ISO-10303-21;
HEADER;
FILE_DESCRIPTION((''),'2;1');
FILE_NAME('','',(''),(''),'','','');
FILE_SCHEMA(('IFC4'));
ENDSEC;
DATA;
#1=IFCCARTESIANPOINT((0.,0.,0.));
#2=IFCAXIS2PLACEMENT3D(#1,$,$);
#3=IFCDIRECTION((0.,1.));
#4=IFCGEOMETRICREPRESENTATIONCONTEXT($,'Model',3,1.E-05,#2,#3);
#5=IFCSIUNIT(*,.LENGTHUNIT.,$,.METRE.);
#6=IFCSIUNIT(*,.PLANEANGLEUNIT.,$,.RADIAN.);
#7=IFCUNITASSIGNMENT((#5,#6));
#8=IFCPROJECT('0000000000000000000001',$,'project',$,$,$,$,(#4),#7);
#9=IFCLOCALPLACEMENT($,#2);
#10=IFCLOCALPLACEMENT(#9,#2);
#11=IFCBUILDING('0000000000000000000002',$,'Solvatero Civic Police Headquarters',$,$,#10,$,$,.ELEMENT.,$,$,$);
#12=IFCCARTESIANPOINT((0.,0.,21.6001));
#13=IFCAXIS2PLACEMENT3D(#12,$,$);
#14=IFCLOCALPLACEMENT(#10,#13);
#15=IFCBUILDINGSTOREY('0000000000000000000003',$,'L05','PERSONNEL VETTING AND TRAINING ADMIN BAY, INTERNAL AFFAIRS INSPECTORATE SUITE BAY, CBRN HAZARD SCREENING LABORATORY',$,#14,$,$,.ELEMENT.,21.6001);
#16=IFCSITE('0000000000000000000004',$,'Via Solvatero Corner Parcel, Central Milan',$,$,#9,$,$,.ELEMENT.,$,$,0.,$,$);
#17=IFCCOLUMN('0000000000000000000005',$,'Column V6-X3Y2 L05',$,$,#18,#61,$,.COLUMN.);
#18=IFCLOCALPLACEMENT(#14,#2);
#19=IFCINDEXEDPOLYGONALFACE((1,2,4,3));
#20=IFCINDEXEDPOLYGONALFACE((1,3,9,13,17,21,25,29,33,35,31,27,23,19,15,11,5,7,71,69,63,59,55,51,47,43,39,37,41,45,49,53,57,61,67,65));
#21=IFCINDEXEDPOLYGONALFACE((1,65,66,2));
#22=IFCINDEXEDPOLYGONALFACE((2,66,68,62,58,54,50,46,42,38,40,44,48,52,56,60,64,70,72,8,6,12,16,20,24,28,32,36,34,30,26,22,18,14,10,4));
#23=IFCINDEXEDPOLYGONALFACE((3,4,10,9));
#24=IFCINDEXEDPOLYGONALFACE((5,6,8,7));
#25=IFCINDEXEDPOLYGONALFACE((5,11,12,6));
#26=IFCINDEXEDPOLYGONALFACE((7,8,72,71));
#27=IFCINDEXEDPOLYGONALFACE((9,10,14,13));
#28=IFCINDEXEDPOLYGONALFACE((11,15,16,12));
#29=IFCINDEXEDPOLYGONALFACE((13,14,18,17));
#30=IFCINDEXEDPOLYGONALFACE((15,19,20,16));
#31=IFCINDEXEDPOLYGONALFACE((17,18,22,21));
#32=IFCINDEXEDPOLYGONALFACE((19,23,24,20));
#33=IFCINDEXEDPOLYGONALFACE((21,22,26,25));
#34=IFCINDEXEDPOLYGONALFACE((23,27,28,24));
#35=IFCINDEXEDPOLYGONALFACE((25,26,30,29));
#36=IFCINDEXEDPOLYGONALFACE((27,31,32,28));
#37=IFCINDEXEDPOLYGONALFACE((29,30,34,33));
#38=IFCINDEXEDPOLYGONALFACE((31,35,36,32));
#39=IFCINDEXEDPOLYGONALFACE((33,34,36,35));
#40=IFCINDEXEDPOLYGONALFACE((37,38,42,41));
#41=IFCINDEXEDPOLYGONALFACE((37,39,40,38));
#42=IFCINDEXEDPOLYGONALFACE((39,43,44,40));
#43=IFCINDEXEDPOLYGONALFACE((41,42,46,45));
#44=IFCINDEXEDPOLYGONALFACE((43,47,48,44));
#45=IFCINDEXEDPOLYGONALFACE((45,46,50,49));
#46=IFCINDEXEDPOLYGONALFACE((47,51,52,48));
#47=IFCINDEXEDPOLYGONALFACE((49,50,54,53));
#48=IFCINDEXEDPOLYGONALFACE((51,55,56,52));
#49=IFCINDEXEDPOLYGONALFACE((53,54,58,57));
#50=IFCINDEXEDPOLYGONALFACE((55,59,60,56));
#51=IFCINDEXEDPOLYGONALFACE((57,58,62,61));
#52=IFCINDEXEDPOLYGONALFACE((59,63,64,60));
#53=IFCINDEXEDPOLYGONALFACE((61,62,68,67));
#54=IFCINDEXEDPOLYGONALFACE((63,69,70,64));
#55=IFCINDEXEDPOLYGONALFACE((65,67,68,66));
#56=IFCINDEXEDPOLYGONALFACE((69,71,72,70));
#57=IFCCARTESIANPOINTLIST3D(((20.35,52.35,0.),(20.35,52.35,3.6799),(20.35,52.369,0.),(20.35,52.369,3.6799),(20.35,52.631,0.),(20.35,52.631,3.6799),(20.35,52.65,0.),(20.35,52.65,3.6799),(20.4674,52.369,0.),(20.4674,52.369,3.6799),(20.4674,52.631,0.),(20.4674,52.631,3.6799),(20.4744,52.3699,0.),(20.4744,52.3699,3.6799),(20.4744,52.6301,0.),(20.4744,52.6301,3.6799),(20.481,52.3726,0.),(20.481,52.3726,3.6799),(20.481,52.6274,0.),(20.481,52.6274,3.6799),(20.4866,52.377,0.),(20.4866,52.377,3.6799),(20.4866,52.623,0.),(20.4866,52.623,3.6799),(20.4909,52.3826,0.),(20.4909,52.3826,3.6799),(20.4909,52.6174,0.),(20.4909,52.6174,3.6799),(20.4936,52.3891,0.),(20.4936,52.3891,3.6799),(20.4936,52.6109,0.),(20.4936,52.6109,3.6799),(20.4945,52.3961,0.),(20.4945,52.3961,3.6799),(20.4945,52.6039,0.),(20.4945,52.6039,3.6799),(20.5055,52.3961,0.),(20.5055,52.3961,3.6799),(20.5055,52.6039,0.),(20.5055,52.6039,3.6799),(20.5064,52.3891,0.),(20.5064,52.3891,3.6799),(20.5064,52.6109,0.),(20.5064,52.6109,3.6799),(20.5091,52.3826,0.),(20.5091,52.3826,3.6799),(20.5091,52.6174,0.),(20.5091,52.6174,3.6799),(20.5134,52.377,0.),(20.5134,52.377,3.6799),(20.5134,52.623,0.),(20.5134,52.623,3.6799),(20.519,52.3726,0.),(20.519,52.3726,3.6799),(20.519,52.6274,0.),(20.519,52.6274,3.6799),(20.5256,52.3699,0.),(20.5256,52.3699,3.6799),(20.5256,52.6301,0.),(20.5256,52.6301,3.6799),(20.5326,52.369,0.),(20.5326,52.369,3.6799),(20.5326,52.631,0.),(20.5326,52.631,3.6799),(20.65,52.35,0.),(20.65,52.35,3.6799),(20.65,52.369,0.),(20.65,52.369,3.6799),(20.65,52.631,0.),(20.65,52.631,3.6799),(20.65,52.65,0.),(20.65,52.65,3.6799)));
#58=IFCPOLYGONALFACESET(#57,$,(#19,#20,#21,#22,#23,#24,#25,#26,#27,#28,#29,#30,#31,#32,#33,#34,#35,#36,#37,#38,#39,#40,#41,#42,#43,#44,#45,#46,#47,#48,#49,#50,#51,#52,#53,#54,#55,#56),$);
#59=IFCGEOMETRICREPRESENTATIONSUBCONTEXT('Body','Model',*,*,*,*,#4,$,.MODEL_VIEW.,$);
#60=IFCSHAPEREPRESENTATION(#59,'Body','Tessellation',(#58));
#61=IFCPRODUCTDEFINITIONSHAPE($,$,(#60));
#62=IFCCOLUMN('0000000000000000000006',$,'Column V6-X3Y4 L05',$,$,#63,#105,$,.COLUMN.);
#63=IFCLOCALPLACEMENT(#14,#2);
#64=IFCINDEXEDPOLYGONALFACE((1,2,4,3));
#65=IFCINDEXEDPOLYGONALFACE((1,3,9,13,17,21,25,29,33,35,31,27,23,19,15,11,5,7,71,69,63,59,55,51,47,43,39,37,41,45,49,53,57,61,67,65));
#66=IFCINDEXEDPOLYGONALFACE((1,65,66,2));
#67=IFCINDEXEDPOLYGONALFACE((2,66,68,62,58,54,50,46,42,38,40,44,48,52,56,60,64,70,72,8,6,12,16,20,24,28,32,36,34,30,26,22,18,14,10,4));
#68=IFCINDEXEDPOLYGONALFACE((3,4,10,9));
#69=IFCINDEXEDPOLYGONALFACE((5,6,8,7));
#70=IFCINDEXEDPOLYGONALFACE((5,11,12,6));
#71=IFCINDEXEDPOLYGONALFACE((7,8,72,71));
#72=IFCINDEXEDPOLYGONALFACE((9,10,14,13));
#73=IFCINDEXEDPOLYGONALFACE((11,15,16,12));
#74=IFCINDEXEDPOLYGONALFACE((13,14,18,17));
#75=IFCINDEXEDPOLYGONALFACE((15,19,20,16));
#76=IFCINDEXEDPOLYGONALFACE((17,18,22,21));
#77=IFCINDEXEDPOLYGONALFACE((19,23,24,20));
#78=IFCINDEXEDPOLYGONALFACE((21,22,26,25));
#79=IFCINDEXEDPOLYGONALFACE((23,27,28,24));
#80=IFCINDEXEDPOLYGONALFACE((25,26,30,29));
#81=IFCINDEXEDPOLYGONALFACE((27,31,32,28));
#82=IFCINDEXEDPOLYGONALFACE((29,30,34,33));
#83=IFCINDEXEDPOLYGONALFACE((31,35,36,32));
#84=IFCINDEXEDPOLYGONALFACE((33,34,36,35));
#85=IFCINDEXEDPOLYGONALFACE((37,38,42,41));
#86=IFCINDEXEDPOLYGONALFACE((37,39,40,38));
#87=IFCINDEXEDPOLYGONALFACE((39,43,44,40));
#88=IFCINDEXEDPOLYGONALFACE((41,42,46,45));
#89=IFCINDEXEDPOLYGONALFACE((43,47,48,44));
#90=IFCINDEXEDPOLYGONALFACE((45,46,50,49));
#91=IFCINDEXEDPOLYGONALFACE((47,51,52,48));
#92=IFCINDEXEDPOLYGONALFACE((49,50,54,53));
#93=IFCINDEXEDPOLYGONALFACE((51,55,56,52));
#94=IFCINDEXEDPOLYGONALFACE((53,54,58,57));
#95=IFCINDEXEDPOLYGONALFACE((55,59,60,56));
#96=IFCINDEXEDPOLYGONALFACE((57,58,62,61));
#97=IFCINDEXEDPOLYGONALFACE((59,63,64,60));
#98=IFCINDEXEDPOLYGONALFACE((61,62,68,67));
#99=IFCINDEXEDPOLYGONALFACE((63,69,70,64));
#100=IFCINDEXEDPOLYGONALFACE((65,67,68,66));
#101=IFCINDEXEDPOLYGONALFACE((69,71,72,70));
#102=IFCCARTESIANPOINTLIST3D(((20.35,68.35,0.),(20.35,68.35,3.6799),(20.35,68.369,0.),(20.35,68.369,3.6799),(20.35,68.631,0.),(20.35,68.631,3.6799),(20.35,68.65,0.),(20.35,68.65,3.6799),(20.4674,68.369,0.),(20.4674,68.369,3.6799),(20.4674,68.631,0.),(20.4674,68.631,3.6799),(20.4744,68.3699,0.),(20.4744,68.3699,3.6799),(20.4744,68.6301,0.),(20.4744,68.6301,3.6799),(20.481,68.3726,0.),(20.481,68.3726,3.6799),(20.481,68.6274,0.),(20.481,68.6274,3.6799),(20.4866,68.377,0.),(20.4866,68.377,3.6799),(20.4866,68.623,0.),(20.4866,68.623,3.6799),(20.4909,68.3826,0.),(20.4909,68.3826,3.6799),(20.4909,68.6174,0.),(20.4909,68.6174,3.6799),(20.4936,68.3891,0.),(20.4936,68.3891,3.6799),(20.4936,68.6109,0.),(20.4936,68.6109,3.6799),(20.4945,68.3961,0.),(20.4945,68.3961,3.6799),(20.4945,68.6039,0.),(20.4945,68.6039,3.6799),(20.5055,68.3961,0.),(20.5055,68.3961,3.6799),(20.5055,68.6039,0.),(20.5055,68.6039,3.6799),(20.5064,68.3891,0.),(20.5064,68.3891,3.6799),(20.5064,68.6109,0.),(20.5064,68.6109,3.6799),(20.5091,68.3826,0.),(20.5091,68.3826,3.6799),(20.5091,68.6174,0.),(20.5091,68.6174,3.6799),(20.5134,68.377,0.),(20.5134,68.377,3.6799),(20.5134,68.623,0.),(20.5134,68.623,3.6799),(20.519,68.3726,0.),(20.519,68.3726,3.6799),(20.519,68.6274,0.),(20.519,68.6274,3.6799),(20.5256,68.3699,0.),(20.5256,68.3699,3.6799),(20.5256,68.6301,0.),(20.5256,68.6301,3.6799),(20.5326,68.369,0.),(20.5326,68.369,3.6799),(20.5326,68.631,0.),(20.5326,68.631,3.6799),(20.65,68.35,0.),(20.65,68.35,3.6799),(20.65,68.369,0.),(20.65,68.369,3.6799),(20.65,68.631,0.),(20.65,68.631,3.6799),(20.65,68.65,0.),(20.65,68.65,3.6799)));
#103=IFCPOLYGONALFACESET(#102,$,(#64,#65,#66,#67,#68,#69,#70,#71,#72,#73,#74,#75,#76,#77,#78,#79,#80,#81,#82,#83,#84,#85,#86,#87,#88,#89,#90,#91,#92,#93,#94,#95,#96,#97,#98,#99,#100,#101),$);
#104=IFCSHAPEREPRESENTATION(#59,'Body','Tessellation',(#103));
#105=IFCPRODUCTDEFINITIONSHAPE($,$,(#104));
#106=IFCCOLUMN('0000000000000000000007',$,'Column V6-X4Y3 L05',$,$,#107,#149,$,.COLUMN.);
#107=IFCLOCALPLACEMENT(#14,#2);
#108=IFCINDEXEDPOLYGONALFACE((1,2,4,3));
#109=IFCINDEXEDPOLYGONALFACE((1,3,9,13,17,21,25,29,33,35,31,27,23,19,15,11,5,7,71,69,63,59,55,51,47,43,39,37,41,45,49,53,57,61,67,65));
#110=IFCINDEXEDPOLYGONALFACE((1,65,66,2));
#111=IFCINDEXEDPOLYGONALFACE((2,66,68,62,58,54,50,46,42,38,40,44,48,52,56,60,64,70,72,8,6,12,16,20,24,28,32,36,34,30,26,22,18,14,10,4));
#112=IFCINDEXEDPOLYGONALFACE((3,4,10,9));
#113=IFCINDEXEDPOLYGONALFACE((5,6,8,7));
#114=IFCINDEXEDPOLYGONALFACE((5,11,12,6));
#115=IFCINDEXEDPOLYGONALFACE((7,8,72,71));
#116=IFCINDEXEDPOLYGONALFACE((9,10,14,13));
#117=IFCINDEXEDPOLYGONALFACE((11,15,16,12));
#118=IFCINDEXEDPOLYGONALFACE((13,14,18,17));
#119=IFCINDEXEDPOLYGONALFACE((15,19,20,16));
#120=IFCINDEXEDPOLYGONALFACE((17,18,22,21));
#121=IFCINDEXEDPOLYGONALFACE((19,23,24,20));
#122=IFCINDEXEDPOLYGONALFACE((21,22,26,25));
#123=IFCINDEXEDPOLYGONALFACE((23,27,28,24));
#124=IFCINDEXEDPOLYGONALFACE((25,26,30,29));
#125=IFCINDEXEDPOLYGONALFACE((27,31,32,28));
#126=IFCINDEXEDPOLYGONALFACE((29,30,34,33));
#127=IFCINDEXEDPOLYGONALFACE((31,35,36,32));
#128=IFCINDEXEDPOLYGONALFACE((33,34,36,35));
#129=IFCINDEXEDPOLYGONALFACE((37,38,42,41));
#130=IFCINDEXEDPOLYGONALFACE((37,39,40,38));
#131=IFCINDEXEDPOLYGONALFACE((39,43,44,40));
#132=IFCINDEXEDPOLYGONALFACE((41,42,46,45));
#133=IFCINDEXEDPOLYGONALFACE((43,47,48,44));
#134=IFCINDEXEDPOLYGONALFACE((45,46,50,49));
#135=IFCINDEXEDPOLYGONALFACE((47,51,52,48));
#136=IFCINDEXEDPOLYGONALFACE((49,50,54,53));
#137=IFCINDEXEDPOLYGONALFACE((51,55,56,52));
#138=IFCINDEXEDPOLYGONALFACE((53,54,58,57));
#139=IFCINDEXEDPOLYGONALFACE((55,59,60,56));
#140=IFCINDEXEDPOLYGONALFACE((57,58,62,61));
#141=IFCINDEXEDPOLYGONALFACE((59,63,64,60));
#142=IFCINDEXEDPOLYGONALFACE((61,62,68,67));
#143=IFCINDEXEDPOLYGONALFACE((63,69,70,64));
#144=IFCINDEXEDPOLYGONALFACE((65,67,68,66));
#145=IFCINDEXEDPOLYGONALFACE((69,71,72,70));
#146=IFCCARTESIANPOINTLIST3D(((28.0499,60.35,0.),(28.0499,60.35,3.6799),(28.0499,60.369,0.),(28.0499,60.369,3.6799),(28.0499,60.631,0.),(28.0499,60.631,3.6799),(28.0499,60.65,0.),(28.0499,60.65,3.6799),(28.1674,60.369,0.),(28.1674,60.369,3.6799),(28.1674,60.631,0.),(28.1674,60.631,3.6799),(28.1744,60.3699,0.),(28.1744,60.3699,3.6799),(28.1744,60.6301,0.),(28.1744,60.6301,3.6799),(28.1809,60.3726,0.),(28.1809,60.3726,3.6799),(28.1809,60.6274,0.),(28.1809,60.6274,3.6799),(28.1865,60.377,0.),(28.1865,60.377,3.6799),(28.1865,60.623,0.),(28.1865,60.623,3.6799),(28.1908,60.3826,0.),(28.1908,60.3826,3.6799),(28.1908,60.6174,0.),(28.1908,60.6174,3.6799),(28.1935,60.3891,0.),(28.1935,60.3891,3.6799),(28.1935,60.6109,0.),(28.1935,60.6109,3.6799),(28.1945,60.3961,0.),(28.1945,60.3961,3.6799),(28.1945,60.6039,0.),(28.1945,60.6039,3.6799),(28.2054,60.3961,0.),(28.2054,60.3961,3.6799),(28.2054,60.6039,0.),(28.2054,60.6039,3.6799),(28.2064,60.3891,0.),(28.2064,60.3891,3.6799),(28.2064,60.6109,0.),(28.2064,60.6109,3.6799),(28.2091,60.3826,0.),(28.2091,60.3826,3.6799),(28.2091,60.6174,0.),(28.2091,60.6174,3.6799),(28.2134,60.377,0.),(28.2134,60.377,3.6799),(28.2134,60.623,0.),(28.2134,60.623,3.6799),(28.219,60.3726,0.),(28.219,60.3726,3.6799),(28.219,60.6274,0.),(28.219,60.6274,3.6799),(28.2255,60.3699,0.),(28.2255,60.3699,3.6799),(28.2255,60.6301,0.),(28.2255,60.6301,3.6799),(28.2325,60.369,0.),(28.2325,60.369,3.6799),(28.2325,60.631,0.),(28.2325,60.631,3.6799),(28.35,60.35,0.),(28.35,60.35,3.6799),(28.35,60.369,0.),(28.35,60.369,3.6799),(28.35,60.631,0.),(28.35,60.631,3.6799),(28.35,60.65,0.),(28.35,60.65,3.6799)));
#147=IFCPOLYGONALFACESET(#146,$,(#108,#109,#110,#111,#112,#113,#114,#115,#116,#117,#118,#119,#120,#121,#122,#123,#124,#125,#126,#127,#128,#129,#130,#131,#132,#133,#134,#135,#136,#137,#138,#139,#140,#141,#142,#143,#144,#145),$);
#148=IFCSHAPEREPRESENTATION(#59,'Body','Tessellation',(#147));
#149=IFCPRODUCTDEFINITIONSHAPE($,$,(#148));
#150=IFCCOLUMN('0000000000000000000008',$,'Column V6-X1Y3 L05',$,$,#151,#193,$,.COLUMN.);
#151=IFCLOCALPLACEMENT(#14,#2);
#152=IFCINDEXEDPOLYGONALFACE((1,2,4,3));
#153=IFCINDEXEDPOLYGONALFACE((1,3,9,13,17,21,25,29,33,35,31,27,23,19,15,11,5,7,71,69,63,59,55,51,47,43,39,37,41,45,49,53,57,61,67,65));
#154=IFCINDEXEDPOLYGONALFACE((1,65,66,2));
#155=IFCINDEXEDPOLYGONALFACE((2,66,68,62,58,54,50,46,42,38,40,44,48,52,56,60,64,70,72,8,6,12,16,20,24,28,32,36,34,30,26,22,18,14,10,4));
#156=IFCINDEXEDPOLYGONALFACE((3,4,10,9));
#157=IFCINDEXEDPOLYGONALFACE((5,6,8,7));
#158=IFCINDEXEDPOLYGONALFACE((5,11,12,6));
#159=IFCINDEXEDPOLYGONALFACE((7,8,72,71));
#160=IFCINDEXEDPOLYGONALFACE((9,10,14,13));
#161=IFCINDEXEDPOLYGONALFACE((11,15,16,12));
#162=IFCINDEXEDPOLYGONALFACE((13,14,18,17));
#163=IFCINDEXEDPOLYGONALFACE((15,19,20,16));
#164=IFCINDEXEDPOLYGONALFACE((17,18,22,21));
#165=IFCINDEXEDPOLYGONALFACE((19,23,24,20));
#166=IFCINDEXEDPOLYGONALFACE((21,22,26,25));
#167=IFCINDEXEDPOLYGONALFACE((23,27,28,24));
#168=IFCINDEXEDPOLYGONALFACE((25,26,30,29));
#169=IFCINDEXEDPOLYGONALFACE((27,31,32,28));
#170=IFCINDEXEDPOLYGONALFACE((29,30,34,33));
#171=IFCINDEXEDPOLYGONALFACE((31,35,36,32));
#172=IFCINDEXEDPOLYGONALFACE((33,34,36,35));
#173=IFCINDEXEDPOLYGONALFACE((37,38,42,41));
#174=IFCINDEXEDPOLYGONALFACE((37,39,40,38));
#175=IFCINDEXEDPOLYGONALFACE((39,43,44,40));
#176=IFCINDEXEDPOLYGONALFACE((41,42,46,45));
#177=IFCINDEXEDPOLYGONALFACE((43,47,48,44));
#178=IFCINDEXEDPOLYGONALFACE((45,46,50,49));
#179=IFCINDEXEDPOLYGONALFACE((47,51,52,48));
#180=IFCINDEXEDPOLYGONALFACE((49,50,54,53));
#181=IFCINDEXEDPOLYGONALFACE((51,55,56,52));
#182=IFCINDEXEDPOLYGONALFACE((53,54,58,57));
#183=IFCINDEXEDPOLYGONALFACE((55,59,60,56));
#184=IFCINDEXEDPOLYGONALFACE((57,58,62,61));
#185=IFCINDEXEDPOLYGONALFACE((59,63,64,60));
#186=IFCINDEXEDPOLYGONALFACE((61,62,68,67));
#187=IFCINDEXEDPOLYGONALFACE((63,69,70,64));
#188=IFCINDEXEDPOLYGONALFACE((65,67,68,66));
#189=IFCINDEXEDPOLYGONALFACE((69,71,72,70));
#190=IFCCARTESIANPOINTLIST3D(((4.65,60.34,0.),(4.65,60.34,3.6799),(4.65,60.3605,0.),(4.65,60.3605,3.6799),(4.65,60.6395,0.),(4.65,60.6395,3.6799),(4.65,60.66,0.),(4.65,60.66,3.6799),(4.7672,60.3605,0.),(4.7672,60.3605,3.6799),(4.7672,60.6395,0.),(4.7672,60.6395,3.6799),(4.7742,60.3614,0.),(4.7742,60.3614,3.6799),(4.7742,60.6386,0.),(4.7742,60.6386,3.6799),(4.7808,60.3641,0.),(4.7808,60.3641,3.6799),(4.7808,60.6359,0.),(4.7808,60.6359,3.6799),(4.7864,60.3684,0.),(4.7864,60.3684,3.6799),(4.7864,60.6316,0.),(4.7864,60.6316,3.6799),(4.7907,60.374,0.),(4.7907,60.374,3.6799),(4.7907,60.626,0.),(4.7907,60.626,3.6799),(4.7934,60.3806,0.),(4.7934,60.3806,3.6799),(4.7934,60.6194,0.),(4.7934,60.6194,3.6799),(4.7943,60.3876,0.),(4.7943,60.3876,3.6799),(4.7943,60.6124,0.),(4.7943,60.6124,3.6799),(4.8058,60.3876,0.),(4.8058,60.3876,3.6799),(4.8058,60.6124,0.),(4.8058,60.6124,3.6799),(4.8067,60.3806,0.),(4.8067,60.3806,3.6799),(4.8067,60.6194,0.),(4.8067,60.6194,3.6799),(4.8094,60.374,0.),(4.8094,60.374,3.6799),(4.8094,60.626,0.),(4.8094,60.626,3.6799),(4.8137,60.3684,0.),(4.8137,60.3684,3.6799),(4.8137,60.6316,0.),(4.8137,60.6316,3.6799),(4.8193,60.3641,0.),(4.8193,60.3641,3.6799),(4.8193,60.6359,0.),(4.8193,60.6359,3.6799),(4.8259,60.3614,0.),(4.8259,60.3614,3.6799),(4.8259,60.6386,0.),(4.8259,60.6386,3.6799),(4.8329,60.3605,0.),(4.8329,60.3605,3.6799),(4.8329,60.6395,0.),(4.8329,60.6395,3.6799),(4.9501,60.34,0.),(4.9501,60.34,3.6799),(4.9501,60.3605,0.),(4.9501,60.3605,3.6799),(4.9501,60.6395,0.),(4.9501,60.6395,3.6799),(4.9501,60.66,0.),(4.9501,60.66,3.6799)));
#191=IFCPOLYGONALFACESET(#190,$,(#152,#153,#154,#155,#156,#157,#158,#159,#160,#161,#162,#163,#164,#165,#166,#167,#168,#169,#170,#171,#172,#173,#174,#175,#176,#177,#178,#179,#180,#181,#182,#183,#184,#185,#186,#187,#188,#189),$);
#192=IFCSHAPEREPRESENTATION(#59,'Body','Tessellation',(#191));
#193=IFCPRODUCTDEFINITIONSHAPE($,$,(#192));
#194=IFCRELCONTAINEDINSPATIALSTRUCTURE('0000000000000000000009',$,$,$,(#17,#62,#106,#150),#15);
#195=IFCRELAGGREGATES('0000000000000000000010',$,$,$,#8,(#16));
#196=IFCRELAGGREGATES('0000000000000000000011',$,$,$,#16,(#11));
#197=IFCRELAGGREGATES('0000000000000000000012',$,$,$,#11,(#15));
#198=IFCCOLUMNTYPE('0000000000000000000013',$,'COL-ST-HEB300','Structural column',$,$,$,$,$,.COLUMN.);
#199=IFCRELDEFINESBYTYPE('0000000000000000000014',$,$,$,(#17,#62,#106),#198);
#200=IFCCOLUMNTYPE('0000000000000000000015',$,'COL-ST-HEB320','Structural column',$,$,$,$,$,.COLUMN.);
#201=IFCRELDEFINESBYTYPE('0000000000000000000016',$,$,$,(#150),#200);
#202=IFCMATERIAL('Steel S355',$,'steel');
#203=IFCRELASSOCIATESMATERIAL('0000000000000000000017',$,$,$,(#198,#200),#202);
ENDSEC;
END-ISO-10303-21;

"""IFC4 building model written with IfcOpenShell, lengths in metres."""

from ifc_helpers import new_model, si_unit, direction, frame, origin, origin_2d, place, context, subcontext, project, spatial, i_section, extrude, material, material_profile, profile_set, type_object, element, save


model = new_model("IFC4")

# Units and contexts
model_context = context("Model", 3, precision=1e-05, world=origin(), true_north=direction((0.0, 1.0)))
body_context = subcontext(model_context, "Body", "Model", "MODEL_VIEW")
ifc_project = project(units=[si_unit("LENGTHUNIT", "METRE"), si_unit("PLANEANGLEUNIT", "RADIAN")], contexts=[model_context])

# Site, building, storey
site_placement = place(None, origin())
site = spatial("IfcSite", under=ifc_project, at=site_placement, Name="Via Solvatero Corner Parcel, Central Milan", CompositionType="ELEMENT", RefElevation=0.0)
building_placement = place(site_placement, origin())
building = spatial("IfcBuilding", under=site, at=building_placement, Name="Solvatero Civic Police Headquarters", CompositionType="ELEMENT")
storey_placement = place(building_placement, frame((0.0, 0.0, 21.6001)))
storey = spatial("IfcBuildingStorey", under=building, at=storey_placement, Name="L05", Description="PERSONNEL VETTING AND TRAINING ADMIN BAY, INTERNAL AFFAIRS INSPECTORATE SUITE BAY, CBRN HAZARD SCREENING LABORATORY", CompositionType="ELEMENT", Elevation=21.6001)

# Columns
ifc_material_1 = material(Name="Steel S355", Category="steel")
ifc_material_profile_1 = material_profile(ifc_material_1, i_section(OverallWidth=0.3, OverallDepth=0.3, WebThickness=0.011, FlangeThickness=0.019, FilletRadius=0.0271, at=origin_2d()), Name="HEB 300")
ifc_profile_set_1 = profile_set([ifc_material_profile_1], Name="Steel S355")
column_type_1 = type_object("IfcColumnType", Name="COL-ST-HEB300", Description="Structural column", PredefinedType="COLUMN", material=ifc_profile_set_1)
for number, where, z_axis, x_axis, name in (
    (1, (20.5, 52.5, 0.0), (0.0, 0.0, 1.0), (1.0, 0.0, 0.0), "Column V6-X3Y2 L05"),
    (2, (20.5, 68.5, 0.0), (0.0, 0.0, 1.0), (1.0, 0.0, 0.0), "Column V6-X3Y4 L05"),
    (3, (28.2, 60.5, 0.0), (0.0, 0.0, 1.0), (1.0, 0.0, 0.0), "Column V6-X4Y3 L05"),
):
    element("IfcColumn", number, at=place(storey_placement, frame(where, z_axis=z_axis, x_axis=x_axis)), inside=storey, type_object=column_type_1, Name=name, PredefinedType="COLUMN", context=body_context, shape_type="SweptSolid", body=[
        extrude(i_section(OverallWidth=0.3, OverallDepth=0.3, WebThickness=0.011, FlangeThickness=0.019, FilletRadius=0.0271, at=origin_2d()), origin(), (0.0, 0.0, 1.0), 3.6799),
    ])
ifc_material_profile_2 = material_profile(ifc_material_1, i_section(OverallWidth=0.3, OverallDepth=0.3201, WebThickness=0.0115, FlangeThickness=0.0205, FilletRadius=0.0271, at=origin_2d()), Name="HEB 320")
ifc_profile_set_2 = profile_set([ifc_material_profile_2], Name="Steel S355")
column_type_2 = type_object("IfcColumnType", Name="COL-ST-HEB320", Description="Structural column", PredefinedType="COLUMN", material=ifc_profile_set_2)
for number, where, z_axis, x_axis, name in (
    (4, (4.8, 60.5, 0.0), (0.0, 0.0, 1.0), (1.0, 0.0, 0.0), "Column V6-X1Y3 L05"),
):
    element("IfcColumn", number, at=place(storey_placement, frame(where, z_axis=z_axis, x_axis=x_axis)), inside=storey, type_object=column_type_2, Name=name, PredefinedType="COLUMN", context=body_context, shape_type="SweptSolid", body=[
        extrude(i_section(OverallWidth=0.3, OverallDepth=0.3201, WebThickness=0.0115, FlangeThickness=0.0205, FilletRadius=0.0271, at=origin_2d()), origin(), (0.0, 0.0, 1.0), 3.6799),
    ])

save(model, "model.ifc")
